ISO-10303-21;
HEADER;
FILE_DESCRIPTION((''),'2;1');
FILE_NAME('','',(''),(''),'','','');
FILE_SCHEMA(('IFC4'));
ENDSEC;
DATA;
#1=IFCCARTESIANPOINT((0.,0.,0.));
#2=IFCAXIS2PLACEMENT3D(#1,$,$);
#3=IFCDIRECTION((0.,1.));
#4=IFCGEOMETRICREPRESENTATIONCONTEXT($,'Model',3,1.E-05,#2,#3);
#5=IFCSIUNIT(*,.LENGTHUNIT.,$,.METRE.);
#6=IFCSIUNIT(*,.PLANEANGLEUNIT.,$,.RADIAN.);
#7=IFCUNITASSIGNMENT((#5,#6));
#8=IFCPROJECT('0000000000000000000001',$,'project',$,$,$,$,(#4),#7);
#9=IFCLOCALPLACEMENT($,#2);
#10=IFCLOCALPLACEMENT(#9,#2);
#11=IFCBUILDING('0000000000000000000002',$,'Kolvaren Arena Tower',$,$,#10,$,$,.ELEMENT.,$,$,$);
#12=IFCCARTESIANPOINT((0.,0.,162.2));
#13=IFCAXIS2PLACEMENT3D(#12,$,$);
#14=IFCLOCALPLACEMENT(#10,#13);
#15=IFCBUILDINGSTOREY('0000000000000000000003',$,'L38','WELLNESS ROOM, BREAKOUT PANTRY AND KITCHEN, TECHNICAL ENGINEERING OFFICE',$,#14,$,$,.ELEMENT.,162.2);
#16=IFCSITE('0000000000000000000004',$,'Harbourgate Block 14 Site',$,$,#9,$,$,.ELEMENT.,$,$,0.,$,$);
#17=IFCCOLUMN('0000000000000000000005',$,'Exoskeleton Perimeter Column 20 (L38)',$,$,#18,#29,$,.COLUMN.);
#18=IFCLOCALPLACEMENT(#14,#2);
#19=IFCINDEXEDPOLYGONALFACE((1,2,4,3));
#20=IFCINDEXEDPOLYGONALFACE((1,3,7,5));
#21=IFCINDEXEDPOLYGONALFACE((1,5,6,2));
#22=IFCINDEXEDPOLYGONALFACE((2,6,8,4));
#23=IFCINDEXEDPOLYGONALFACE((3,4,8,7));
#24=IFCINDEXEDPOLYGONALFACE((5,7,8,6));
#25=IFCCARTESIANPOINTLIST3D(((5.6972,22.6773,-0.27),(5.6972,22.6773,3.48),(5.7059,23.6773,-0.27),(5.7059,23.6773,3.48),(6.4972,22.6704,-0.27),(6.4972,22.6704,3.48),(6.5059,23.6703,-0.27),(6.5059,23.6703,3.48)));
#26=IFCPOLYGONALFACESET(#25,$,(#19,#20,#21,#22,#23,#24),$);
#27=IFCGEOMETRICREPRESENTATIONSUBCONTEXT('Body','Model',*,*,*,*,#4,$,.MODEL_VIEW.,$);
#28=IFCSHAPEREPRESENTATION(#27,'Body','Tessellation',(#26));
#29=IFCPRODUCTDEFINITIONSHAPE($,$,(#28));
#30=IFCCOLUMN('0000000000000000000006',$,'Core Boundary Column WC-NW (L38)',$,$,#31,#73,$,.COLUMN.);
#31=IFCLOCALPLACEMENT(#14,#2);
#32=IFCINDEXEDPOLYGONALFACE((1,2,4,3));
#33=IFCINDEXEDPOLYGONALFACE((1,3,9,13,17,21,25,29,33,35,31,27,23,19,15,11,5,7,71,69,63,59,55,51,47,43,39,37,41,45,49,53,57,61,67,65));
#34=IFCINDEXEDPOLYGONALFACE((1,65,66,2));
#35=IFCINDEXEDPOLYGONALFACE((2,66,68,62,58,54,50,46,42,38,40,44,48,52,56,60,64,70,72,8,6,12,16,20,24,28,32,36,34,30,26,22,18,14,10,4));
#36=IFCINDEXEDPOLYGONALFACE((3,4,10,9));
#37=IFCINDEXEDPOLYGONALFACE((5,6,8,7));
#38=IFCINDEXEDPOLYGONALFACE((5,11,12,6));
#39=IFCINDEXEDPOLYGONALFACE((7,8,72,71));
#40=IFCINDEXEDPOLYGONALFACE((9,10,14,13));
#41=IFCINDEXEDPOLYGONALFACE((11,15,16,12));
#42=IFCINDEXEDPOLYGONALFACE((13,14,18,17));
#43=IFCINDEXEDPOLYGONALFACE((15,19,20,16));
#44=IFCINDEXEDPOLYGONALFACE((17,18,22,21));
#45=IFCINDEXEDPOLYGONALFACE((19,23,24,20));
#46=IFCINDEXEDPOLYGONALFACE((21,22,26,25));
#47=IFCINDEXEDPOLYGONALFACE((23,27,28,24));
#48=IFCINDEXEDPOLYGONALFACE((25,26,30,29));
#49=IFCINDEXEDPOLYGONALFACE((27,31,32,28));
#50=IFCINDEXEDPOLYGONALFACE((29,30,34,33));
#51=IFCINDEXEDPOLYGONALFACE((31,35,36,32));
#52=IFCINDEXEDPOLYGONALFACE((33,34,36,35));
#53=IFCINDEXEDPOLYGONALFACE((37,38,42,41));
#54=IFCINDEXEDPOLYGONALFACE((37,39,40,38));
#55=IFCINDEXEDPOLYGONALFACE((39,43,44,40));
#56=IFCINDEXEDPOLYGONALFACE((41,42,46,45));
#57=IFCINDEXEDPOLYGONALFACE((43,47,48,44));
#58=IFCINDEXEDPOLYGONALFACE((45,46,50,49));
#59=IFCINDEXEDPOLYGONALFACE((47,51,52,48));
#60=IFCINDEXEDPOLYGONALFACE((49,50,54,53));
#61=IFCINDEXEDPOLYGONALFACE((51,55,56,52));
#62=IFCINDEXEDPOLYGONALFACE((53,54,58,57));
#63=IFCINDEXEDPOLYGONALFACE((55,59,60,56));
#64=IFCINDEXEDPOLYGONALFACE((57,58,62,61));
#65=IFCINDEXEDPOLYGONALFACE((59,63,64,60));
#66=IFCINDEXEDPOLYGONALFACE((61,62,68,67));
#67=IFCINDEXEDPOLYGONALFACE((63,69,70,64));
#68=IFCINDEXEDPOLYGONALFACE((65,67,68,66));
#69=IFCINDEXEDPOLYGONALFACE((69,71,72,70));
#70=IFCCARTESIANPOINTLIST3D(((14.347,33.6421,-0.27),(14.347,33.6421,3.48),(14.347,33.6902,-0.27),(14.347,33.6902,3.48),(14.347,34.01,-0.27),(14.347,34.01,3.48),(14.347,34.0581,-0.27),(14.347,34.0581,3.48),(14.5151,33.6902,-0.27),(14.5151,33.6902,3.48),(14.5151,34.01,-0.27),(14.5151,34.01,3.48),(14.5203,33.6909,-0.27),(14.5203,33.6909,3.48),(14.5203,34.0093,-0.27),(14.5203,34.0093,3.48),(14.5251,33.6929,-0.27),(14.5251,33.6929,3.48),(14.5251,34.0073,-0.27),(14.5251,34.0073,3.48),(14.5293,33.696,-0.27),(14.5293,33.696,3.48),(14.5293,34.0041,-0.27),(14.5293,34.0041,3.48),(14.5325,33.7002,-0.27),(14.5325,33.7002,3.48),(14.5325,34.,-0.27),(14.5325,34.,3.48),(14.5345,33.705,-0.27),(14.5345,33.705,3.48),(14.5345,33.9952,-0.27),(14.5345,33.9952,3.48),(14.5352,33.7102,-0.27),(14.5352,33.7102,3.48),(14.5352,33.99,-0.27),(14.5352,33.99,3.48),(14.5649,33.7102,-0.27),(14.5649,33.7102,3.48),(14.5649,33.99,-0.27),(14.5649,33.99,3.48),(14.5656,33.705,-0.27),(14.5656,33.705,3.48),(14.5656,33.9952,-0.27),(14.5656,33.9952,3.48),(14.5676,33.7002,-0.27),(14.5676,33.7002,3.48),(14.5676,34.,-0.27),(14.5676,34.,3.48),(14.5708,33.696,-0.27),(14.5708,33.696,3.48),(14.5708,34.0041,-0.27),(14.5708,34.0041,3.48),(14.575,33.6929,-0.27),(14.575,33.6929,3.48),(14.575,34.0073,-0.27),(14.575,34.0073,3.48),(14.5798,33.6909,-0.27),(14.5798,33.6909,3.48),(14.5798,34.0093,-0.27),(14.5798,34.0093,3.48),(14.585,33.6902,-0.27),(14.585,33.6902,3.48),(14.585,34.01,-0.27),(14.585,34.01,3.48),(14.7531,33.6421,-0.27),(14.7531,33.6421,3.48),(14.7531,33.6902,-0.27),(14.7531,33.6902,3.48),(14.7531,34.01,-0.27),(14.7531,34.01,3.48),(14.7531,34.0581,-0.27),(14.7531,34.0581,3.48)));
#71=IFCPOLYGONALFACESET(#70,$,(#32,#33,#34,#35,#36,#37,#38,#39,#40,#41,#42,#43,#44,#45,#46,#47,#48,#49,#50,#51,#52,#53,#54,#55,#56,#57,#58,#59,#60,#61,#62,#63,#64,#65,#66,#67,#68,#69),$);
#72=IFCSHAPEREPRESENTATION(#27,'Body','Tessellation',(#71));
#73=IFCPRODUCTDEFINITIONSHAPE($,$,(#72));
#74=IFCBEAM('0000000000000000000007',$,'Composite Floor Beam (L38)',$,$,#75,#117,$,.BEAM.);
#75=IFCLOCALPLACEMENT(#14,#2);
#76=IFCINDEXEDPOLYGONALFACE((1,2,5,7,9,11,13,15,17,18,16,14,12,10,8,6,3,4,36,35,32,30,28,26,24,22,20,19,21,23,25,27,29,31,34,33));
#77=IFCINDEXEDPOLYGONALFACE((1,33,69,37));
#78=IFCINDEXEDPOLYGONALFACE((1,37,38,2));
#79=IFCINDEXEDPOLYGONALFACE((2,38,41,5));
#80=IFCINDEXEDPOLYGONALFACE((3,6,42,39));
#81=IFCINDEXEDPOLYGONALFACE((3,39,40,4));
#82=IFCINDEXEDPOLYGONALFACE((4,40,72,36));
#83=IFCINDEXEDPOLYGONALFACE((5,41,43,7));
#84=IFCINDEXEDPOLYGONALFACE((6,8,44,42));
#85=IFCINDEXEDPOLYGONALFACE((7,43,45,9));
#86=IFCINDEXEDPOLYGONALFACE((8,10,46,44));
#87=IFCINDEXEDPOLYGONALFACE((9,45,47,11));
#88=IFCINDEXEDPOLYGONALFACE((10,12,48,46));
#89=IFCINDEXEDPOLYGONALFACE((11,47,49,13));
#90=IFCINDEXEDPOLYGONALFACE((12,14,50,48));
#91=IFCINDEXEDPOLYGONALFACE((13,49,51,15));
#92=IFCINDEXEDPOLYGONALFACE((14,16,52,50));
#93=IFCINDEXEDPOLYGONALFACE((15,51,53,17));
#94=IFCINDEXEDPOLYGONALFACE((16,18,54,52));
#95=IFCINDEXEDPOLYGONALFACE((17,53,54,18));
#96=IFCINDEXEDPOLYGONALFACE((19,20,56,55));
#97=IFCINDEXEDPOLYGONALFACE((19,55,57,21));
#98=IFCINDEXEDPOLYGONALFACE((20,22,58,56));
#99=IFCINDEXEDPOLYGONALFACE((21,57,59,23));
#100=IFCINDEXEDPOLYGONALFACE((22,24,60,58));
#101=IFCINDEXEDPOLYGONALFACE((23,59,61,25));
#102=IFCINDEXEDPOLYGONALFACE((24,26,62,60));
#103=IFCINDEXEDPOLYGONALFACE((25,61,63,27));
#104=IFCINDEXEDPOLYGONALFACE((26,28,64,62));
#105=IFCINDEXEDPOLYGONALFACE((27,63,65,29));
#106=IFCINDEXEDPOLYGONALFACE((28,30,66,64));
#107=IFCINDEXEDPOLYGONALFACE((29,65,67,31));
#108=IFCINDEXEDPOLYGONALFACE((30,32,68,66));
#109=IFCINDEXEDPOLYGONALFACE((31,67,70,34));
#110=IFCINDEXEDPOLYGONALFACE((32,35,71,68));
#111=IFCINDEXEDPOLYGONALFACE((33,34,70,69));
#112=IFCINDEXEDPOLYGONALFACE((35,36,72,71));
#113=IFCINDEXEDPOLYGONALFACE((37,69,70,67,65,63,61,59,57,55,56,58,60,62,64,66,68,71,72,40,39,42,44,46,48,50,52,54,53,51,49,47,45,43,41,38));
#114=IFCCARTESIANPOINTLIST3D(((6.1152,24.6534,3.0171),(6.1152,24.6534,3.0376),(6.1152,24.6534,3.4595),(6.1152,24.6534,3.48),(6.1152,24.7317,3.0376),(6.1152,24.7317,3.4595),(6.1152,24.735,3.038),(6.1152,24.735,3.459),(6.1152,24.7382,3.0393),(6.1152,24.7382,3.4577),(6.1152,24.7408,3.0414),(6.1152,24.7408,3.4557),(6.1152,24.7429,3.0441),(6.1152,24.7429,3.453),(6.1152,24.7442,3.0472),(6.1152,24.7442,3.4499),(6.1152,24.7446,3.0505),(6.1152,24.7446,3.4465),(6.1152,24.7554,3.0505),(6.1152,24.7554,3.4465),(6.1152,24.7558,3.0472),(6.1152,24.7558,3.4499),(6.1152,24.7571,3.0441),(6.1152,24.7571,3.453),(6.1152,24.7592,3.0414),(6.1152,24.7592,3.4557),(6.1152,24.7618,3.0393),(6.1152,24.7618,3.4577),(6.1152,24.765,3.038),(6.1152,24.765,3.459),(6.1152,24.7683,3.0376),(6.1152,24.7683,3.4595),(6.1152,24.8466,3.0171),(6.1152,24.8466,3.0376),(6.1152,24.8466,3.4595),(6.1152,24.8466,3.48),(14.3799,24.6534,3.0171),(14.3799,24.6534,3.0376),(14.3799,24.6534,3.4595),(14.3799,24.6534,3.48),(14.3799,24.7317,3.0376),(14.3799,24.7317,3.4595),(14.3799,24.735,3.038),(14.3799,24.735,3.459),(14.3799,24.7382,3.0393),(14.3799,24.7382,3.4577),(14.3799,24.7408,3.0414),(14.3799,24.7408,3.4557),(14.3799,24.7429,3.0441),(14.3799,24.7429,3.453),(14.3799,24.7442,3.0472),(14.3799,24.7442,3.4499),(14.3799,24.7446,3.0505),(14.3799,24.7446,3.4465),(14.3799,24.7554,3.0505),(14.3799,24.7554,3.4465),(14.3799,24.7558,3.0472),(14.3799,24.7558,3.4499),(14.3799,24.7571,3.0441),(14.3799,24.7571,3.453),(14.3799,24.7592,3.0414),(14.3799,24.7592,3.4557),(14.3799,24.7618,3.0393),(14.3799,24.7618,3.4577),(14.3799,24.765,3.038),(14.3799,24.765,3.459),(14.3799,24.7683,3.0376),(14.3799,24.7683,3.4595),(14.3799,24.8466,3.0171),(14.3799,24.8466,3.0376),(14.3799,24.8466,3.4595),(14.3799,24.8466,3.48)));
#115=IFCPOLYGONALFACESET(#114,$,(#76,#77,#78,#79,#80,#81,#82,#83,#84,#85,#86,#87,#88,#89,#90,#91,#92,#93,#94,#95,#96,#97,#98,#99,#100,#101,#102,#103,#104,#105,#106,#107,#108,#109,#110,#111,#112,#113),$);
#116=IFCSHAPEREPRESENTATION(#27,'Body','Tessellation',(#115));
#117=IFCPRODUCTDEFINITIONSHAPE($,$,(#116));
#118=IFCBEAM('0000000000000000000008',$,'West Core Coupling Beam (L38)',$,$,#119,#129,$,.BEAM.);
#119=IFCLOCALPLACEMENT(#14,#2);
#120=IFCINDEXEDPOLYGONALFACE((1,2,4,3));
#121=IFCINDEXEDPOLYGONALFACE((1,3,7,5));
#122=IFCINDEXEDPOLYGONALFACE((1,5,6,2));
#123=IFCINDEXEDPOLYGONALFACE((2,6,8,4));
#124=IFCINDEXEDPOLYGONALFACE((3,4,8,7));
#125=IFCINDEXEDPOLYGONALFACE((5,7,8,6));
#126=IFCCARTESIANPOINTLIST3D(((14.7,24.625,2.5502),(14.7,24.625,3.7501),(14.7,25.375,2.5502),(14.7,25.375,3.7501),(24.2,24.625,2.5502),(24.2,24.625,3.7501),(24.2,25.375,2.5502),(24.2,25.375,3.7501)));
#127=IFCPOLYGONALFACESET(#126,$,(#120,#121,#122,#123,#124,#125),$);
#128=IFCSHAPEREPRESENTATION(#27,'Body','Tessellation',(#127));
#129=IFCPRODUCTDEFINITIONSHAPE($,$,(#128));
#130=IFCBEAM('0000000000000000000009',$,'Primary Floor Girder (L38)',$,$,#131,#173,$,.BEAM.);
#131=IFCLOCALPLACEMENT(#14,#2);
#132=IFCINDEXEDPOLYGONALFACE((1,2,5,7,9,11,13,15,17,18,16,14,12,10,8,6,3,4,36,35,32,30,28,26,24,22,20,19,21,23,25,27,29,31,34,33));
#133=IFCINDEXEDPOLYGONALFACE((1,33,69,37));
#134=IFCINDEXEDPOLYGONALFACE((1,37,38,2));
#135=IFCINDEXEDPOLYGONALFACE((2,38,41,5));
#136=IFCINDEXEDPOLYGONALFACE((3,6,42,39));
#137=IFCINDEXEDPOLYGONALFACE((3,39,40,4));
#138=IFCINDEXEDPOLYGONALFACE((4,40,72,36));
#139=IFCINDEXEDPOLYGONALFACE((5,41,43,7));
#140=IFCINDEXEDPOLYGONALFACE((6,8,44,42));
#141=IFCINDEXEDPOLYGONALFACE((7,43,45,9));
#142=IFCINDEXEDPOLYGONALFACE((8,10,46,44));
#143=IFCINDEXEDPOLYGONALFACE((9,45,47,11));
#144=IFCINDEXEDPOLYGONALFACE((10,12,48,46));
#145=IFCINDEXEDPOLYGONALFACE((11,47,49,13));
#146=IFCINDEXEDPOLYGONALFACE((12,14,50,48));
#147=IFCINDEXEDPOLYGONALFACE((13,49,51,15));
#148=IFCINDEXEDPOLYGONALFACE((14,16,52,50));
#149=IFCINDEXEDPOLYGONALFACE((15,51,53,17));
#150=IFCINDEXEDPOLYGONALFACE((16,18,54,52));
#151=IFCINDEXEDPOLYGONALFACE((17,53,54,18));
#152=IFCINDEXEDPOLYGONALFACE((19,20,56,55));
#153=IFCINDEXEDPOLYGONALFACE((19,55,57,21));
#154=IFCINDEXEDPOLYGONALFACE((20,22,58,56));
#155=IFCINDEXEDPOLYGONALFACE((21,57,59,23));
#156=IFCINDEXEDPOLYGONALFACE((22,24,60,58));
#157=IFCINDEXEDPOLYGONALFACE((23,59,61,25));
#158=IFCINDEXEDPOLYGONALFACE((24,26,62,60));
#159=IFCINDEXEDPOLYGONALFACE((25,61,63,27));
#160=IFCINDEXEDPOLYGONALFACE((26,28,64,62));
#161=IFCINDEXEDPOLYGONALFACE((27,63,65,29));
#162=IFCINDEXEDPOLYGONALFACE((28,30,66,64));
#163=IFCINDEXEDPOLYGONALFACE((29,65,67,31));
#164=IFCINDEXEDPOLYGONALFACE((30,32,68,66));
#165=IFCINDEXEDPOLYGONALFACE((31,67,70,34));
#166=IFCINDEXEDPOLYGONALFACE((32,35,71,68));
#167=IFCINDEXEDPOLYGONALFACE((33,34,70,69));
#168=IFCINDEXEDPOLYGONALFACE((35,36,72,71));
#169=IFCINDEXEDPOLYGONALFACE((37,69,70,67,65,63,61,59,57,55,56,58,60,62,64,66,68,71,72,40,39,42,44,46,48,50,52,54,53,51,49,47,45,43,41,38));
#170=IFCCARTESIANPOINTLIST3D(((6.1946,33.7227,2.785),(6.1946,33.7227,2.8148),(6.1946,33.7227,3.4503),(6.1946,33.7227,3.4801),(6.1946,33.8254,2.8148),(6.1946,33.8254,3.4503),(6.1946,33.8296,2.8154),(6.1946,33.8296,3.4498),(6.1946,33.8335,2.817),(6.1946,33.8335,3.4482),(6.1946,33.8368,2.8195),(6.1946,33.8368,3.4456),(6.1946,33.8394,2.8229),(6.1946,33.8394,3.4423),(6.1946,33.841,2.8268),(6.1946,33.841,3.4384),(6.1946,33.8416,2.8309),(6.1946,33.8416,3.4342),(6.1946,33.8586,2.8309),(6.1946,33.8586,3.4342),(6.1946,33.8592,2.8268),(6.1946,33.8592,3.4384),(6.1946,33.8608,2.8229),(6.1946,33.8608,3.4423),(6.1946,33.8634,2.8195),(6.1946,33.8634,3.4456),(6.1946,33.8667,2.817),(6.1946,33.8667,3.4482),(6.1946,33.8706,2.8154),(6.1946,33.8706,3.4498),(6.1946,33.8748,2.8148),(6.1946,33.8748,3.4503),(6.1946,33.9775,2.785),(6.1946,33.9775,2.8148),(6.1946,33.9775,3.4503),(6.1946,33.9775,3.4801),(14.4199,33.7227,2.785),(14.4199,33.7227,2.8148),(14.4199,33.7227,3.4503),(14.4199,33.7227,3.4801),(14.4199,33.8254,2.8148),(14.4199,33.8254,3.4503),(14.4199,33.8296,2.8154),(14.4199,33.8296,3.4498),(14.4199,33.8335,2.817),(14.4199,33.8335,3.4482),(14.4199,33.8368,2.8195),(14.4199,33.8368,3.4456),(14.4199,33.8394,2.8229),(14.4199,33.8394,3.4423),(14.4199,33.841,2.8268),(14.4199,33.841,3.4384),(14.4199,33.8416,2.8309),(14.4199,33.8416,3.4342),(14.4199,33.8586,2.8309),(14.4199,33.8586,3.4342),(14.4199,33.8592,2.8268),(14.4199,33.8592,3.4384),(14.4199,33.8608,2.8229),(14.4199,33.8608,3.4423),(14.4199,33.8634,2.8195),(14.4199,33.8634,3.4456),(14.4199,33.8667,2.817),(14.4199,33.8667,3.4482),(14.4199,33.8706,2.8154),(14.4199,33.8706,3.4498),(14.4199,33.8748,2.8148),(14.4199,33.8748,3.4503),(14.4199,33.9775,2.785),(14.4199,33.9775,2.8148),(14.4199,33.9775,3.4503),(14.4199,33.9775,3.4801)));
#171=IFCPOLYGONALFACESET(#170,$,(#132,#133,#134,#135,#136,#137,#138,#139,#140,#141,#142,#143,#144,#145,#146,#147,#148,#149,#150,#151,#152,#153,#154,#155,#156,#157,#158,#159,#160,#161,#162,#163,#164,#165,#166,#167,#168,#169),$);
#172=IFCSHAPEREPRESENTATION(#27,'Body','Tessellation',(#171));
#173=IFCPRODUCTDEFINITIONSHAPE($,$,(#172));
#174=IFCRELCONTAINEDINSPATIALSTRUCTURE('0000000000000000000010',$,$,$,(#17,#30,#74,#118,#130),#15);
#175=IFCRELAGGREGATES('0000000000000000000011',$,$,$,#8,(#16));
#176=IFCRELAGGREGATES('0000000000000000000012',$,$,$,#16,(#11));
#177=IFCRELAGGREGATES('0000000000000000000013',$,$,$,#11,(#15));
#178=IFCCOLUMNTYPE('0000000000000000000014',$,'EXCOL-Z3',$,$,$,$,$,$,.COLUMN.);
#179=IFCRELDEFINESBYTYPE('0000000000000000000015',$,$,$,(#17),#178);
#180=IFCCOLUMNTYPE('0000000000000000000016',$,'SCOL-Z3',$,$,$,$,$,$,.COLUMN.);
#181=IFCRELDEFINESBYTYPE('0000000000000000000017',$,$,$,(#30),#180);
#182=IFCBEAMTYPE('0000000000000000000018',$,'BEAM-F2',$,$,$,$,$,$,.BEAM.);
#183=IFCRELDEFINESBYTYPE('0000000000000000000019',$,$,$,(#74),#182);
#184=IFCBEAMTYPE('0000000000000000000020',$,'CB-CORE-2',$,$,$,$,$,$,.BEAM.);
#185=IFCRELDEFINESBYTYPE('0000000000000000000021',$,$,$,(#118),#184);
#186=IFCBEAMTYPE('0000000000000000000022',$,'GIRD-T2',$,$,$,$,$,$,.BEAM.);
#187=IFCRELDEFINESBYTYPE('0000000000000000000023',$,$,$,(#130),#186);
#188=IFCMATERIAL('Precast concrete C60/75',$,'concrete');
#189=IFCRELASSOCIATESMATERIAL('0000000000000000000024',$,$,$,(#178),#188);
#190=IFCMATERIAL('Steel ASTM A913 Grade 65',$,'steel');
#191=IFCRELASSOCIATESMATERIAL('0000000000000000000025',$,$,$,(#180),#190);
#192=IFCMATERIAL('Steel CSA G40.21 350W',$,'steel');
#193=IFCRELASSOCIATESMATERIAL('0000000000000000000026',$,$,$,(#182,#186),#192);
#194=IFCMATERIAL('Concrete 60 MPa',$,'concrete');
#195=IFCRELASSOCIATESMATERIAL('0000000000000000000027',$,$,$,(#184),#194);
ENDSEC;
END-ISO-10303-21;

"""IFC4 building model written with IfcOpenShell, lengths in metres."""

from ifc_helpers import new_model, si_unit, direction, frame, origin, origin_2d, place, context, subcontext, project, spatial, rectangle, i_section, extrude, material, material_profile, profile_set, type_object, element, save


model = new_model("IFC4")

# Units and contexts
model_context = context("Model", 3, precision=1e-05, world=origin(), true_north=direction((0.0, 1.0)))
body_context = subcontext(model_context, "Body", "Model", "MODEL_VIEW")
ifc_project = project(units=[si_unit("LENGTHUNIT", "METRE"), si_unit("PLANEANGLEUNIT", "RADIAN")], contexts=[model_context])

# Site, building, storey
site_placement = place(None, origin())
site = spatial("IfcSite", under=ifc_project, at=site_placement, Name="Harbourgate Block 14 Site", CompositionType="ELEMENT", RefElevation=0.0)
building_placement = place(site_placement, origin())
building = spatial("IfcBuilding", under=site, at=building_placement, Name="Kolvaren Arena Tower", CompositionType="ELEMENT")
storey_placement = place(building_placement, frame((0.0, 0.0, 162.2)))
storey = spatial("IfcBuildingStorey", under=building, at=storey_placement, Name="L38", Description="WELLNESS ROOM, BREAKOUT PANTRY AND KITCHEN, TECHNICAL ENGINEERING OFFICE", CompositionType="ELEMENT", Elevation=162.2)

# Columns
ifc_material_1 = material(Name="Precast concrete C60/75", Category="concrete")
ifc_material_profile_1 = material_profile(ifc_material_1, rectangle(XDim=1.0, YDim=0.8, at=origin_2d()), Name="RC-1000x800")
ifc_profile_set_1 = profile_set([ifc_material_profile_1], Name="Precast concrete C60/75")
column_type_1 = type_object("IfcColumnType", Name="EXCOL-Z3", PredefinedType="COLUMN", material=ifc_profile_set_1)
column_1_placement = place(storey_placement, frame((6.1016, 23.1738, -0.27), z_axis=(0.0, 0.0, 1.0), x_axis=(0.008727, 0.999962, 0.0)))
element("IfcColumn", 1, at=column_1_placement, inside=storey, type_object=column_type_1, Name="Exoskeleton Perimeter Column 20 (L38)", PredefinedType="COLUMN", context=body_context, shape_type="SweptSolid", body=[
    extrude(rectangle(XDim=1.0, YDim=0.8, at=origin_2d()), origin(), (0.0, 0.0, 1.0), 3.75),
])
ifc_material_2 = material(Name="Steel ASTM A913 Grade 65", Category="steel")
ifc_material_profile_2 = material_profile(ifc_material_2, i_section(OverallWidth=0.406, OverallDepth=0.416, WebThickness=0.0298, FlangeThickness=0.0481, FilletRadius=0.02, at=origin_2d()), Name="W360x382")
ifc_profile_set_2 = profile_set([ifc_material_profile_2], Name="Steel ASTM A913 Grade 65")
column_type_2 = type_object("IfcColumnType", Name="SCOL-Z3", PredefinedType="COLUMN", material=ifc_profile_set_2)
column_2_placement = place(storey_placement, frame((14.55, 33.8501, -0.27), z_axis=(0.0, 0.0, 1.0), x_axis=(1.0, 0.0, 0.0)))
element("IfcColumn", 2, at=column_2_placement, inside=storey, type_object=column_type_2, Name="Core Boundary Column WC-NW (L38)", PredefinedType="COLUMN", context=body_context, shape_type="SweptSolid", body=[
    extrude(i_section(OverallWidth=0.406, OverallDepth=0.416, WebThickness=0.0298, FlangeThickness=0.0481, FilletRadius=0.02, at=origin_2d()), origin(), (0.0, 0.0, 1.0), 3.75),
])

# Beams
ifc_material_3 = material(Name="Steel CSA G40.21 350W", Category="steel")
ifc_material_profile_3 = material_profile(ifc_material_3, i_section(OverallWidth=0.1931, OverallDepth=0.4629, WebThickness=0.0107, FlangeThickness=0.0205, FilletRadius=0.0129, at=origin_2d()), Name="W460x113")
ifc_profile_set_3 = profile_set([ifc_material_profile_3], Name="Steel CSA G40.21 350W")
beam_type_1 = type_object("IfcBeamType", Name="BEAM-F2", PredefinedType="BEAM", material=ifc_profile_set_3)
beam_1_placement = place(storey_placement, frame((6.1152, 24.75, 3.2485), z_axis=(1.0, 0.0, 0.0), x_axis=(0.0, 1.0, 0.0)))
element("IfcBeam", 3, at=beam_1_placement, inside=storey, type_object=beam_type_1, Name="Composite Floor Beam (L38)", PredefinedType="BEAM", context=body_context, shape_type="SweptSolid", body=[
    extrude(i_section(OverallWidth=0.1931, OverallDepth=0.4629, WebThickness=0.0107, FlangeThickness=0.0205, FilletRadius=0.0129, at=origin_2d()), origin(), (0.0, 0.0, 1.0), 8.2646),
])
ifc_material_4 = material(Name="Concrete 60 MPa", Category="concrete")
ifc_material_profile_4 = material_profile(ifc_material_4, rectangle(XDim=0.75, YDim=1.2, at=origin_2d()), Name="RC-750x1200")
ifc_profile_set_4 = profile_set([ifc_material_profile_4], Name="Concrete 60 MPa")
beam_type_2 = type_object("IfcBeamType", Name="CB-CORE-2", PredefinedType="BEAM", material=ifc_profile_set_4)
beam_2_placement = place(storey_placement, frame((14.7, 25.0, 3.1501), z_axis=(1.0, 0.0, 0.0), x_axis=(0.0, 1.0, 0.0)))
element("IfcBeam", 4, at=beam_2_placement, inside=storey, type_object=beam_type_2, Name="West Core Coupling Beam (L38)", PredefinedType="BEAM", context=body_context, shape_type="SweptSolid", body=[
    extrude(rectangle(XDim=0.75, YDim=1.2, at=origin_2d()), origin(), (0.0, 0.0, 1.0), 9.5),
])
ifc_material_profile_5 = material_profile(ifc_material_3, i_section(OverallWidth=0.2549, OverallDepth=0.6951, WebThickness=0.0171, FlangeThickness=0.0298, FilletRadius=0.0161, at=origin_2d()), Name="W690x217")
ifc_profile_set_5 = profile_set([ifc_material_profile_5], Name="Steel CSA G40.21 350W")
beam_type_3 = type_object("IfcBeamType", Name="GIRD-T2", PredefinedType="BEAM", material=ifc_profile_set_5)
beam_3_placement = place(storey_placement, frame((6.1946, 33.8501, 3.1326), z_axis=(1.0, 0.0, 0.0), x_axis=(0.0, 1.0, 0.0)))
element("IfcBeam", 5, at=beam_3_placement, inside=storey, type_object=beam_type_3, Name="Primary Floor Girder (L38)", PredefinedType="BEAM", context=body_context, shape_type="SweptSolid", body=[
    extrude(i_section(OverallWidth=0.2549, OverallDepth=0.6951, WebThickness=0.0171, FlangeThickness=0.0298, FilletRadius=0.0161, at=origin_2d()), origin(), (0.0, 0.0, 1.0), 8.2253),
])

save(model, "model.ifc")
